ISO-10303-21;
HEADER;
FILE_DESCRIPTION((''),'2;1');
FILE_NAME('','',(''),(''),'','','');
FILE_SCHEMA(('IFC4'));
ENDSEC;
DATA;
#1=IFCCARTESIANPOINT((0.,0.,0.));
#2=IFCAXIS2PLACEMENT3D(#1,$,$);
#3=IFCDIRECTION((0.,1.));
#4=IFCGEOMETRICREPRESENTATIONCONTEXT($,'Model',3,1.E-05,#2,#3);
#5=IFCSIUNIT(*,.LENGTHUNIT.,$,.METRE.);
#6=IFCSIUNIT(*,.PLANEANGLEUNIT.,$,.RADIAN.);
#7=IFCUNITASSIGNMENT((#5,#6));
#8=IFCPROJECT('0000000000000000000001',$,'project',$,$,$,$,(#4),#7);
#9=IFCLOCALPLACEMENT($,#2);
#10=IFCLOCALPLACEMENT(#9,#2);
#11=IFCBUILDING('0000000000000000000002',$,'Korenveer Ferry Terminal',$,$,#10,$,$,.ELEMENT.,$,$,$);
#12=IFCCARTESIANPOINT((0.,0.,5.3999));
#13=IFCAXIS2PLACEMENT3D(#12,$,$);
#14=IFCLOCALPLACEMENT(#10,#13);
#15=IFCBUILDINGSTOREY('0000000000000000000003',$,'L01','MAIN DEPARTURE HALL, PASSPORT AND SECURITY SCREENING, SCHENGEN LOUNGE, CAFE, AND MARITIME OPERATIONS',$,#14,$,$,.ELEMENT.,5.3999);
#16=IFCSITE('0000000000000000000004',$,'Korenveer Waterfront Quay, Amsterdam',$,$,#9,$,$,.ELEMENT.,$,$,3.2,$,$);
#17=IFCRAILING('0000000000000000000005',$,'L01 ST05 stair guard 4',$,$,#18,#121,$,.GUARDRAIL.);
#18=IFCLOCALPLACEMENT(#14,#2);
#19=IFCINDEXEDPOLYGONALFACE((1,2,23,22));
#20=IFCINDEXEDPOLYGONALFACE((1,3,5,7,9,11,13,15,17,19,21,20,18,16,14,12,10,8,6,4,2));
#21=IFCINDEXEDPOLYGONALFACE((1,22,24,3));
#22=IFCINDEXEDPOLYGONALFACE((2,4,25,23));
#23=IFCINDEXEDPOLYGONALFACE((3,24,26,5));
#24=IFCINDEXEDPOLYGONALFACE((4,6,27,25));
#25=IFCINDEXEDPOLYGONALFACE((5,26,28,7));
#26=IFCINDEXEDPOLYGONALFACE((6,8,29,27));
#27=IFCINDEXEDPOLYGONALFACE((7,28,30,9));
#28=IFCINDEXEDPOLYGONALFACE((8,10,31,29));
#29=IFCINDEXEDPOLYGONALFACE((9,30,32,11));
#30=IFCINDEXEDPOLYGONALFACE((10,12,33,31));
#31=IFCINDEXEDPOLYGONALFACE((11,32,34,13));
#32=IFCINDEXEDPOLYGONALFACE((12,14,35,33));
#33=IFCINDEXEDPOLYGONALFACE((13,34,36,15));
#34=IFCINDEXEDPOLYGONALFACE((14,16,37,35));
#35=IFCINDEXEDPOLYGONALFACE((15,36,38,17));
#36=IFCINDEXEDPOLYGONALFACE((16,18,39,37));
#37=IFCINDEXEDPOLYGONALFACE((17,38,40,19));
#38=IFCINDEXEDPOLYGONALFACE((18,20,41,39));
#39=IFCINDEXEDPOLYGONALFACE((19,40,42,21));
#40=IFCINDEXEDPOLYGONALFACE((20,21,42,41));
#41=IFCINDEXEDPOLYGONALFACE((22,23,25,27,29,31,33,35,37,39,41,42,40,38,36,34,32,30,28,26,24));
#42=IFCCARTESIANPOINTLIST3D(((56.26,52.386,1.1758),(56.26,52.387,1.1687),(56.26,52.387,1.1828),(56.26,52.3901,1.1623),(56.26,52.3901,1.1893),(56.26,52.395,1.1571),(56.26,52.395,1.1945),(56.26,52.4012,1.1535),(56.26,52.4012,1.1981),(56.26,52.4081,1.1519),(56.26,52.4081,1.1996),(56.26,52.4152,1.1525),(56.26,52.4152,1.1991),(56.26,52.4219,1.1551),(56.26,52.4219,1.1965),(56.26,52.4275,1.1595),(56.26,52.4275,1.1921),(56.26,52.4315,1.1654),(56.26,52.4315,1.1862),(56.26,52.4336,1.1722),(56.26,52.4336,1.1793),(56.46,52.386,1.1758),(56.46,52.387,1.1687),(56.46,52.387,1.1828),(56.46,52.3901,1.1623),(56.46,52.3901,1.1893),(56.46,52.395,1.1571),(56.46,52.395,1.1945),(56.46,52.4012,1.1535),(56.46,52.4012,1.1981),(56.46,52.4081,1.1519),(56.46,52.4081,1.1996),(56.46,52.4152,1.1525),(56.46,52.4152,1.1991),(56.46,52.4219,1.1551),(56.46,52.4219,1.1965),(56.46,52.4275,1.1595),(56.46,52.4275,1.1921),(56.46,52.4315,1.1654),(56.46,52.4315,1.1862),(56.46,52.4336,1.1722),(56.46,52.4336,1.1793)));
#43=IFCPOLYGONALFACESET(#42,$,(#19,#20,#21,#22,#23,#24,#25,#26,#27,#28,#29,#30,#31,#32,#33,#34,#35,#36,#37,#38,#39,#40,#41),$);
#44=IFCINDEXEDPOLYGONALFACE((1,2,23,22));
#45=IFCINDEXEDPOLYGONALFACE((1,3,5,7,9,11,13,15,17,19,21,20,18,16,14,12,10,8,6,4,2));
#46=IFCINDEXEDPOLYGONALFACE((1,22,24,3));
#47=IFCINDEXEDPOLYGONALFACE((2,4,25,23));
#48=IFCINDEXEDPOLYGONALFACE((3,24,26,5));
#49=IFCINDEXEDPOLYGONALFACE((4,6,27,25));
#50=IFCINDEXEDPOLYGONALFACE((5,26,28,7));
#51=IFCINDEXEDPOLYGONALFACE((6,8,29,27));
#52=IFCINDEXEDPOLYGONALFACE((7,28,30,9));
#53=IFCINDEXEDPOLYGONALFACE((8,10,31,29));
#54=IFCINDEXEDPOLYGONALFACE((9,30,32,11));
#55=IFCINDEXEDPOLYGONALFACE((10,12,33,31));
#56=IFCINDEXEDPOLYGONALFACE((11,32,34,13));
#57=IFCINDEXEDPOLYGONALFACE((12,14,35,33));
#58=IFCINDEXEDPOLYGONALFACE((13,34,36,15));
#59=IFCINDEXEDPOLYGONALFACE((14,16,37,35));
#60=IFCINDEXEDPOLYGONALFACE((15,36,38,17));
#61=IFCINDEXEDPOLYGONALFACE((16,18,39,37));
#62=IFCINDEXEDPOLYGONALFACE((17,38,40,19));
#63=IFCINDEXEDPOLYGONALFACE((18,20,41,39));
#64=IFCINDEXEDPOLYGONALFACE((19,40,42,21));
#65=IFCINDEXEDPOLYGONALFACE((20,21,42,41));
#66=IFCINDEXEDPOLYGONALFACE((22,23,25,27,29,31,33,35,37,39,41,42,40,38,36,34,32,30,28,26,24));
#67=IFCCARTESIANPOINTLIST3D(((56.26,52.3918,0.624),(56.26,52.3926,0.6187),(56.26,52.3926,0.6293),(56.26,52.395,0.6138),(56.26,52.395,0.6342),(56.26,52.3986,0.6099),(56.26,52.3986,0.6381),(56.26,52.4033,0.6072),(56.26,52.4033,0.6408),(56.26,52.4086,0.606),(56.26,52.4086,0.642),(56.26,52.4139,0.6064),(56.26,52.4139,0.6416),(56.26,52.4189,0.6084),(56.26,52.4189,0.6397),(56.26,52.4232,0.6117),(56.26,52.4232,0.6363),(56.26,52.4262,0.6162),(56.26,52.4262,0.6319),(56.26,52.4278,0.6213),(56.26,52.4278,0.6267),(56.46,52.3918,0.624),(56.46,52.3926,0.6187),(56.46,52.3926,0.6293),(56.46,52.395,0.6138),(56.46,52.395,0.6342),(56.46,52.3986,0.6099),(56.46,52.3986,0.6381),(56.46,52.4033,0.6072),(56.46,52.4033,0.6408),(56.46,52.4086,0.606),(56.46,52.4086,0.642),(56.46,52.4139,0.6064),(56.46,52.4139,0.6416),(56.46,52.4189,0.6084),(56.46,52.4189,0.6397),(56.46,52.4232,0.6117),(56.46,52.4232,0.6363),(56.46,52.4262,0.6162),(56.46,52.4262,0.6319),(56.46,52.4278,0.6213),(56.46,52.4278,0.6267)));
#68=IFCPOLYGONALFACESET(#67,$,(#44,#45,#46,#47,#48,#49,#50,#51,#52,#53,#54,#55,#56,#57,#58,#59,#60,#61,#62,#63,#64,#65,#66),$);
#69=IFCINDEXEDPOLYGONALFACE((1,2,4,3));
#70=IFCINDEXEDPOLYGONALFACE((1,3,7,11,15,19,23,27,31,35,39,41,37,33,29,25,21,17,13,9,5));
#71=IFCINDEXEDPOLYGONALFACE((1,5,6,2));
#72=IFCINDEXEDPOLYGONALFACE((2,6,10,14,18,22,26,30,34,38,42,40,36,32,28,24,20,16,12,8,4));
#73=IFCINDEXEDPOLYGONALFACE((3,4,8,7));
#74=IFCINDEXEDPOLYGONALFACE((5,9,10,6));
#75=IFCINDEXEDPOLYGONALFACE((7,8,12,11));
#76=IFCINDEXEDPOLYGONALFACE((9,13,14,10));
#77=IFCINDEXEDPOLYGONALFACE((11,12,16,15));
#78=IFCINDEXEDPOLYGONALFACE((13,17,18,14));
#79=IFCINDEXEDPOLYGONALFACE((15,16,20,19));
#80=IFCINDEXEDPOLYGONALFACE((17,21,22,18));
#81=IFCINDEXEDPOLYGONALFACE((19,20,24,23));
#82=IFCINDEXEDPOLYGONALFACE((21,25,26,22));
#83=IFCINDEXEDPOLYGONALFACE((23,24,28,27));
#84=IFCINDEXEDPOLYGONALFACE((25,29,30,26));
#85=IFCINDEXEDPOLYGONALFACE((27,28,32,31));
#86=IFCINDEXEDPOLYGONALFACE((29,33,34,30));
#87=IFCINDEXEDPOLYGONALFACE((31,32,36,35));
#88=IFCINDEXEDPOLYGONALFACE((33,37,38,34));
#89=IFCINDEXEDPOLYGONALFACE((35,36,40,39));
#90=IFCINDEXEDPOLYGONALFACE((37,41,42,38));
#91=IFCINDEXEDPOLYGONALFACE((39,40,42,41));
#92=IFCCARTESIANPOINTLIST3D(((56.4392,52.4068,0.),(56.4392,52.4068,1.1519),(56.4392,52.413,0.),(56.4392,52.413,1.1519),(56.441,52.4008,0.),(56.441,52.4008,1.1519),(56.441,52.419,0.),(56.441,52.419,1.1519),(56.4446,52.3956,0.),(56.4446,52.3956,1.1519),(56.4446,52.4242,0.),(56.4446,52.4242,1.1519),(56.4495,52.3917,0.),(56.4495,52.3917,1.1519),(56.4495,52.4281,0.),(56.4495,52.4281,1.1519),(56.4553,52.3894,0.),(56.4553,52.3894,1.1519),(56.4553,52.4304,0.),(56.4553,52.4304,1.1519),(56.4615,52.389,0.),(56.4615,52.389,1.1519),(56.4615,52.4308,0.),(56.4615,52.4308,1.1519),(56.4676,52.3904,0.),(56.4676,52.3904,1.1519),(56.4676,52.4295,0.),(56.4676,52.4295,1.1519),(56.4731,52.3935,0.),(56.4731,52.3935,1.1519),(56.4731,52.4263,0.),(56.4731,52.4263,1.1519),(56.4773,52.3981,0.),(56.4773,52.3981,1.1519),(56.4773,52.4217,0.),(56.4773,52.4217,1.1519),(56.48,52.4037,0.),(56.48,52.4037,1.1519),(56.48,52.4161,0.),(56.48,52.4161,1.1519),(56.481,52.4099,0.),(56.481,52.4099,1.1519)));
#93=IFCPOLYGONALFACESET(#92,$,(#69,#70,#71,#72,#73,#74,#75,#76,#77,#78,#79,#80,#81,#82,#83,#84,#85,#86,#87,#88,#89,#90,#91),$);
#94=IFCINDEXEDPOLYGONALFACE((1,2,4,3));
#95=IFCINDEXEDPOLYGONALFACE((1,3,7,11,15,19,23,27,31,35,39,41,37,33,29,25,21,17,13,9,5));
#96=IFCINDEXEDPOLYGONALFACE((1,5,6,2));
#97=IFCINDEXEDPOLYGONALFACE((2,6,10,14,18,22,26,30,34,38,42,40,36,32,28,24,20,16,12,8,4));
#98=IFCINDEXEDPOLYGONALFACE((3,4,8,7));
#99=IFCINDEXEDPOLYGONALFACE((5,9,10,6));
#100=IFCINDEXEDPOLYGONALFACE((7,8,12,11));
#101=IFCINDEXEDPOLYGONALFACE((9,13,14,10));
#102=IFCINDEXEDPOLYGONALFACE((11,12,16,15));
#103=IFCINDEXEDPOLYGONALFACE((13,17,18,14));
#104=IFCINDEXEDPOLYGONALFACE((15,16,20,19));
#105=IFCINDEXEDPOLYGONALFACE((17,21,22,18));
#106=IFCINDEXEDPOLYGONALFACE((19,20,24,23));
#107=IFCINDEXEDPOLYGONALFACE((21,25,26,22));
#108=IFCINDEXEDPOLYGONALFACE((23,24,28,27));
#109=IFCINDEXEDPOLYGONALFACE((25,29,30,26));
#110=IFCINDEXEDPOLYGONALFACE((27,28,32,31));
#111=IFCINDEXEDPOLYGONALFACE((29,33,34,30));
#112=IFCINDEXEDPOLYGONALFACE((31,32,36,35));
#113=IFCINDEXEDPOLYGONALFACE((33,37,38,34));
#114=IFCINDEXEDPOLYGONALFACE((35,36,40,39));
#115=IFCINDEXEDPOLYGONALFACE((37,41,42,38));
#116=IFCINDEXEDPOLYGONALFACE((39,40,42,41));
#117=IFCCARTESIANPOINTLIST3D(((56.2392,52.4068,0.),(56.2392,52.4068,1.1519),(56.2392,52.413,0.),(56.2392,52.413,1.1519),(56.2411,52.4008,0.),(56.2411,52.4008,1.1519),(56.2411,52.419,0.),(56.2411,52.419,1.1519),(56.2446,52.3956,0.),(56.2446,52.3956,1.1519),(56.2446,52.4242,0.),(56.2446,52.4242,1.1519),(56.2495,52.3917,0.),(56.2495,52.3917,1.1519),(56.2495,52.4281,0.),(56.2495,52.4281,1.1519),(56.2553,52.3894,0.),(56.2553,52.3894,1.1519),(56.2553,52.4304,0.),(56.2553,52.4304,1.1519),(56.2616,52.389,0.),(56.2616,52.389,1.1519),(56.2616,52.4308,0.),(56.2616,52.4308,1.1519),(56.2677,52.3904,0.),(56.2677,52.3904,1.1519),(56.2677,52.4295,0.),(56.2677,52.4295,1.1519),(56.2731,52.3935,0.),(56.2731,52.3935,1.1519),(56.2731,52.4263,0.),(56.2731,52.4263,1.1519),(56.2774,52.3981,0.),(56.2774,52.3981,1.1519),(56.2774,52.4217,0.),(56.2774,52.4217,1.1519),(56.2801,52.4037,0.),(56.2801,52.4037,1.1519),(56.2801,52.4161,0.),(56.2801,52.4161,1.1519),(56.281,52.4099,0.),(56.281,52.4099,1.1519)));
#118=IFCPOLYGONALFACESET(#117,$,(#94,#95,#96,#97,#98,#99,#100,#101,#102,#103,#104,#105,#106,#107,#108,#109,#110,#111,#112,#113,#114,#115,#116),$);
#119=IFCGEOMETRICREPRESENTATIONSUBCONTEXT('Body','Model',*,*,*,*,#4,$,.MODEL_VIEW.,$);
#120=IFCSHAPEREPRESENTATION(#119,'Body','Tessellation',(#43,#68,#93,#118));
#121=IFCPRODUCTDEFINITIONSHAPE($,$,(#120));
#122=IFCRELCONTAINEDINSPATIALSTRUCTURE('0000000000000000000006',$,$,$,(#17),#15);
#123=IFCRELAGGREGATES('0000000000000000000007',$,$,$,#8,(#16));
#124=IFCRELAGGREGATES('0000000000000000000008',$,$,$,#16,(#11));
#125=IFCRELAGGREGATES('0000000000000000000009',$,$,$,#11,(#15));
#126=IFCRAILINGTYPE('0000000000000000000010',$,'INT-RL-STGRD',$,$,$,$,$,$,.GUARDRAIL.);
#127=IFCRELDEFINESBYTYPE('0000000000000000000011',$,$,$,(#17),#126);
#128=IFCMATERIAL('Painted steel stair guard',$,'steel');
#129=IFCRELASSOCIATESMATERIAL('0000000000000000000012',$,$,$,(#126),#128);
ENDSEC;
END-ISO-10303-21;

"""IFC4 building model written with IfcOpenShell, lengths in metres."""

from ifc_helpers import new_model, si_unit, direction, frame, origin, origin_2d, place, context, subcontext, project, spatial, circle, extrude, material, type_object, element, save


model = new_model("IFC4")

# Units and contexts
model_context = context("Model", 3, precision=1e-05, world=origin(), true_north=direction((0.0, 1.0)))
body_context = subcontext(model_context, "Body", "Model", "MODEL_VIEW")
ifc_project = project(units=[si_unit("LENGTHUNIT", "METRE"), si_unit("PLANEANGLEUNIT", "RADIAN")], contexts=[model_context])

# Site, building, storey
site_placement = place(None, origin())
site = spatial("IfcSite", under=ifc_project, at=site_placement, Name="Korenveer Waterfront Quay, Amsterdam", CompositionType="ELEMENT", RefElevation=3.2)
building_placement = place(site_placement, origin())
building = spatial("IfcBuilding", under=site, at=building_placement, Name="Korenveer Ferry Terminal", CompositionType="ELEMENT")
storey_placement = place(building_placement, frame((0.0, 0.0, 5.3999)))
storey = spatial("IfcBuildingStorey", under=building, at=storey_placement, Name="L01", Description="MAIN DEPARTURE HALL, PASSPORT AND SECURITY SCREENING, SCHENGEN LOUNGE, CAFE, AND MARITIME OPERATIONS", CompositionType="ELEMENT", Elevation=5.3999)

# Railing
ifc_material_1 = material(Name="Painted steel stair guard", Category="steel")
railing_type_1 = type_object("IfcRailingType", Name="INT-RL-STGRD", PredefinedType="GUARDRAIL", material=ifc_material_1)
railing_1_placement = place(storey_placement, frame((56.46, 52.4099, 0.0)))
element("IfcRailing", 1, at=railing_1_placement, inside=storey, type_object=railing_type_1, Name="L01 ST05 stair guard 4", PredefinedType="GUARDRAIL", context=body_context, shape_type="SweptSolid", body=[
    extrude(circle(Radius=0.0239, at=origin_2d()), frame((0.0, 0.0, 1.1758), z_axis=(-1.0, 0.0, 0.0), x_axis=(0.0, -1.0, 0.0)), (0.0, 0.0, 1.0), 0.2),
    extrude(circle(Radius=0.0181, at=origin_2d()), frame((0.0, 0.0, 0.624), z_axis=(-1.0, 0.0, 0.0), x_axis=(0.0, -1.0, 0.0)), (0.0, 0.0, 1.0), 0.2),
    extrude(circle(Radius=0.021, at=origin_2d()), origin(), (0.0, 0.0, 1.0), 1.1519),
    extrude(circle(Radius=0.021, at=origin_2d()), frame((-0.2, 0.0, 0.0)), (0.0, 0.0, 1.0), 1.1519),
])

save(model, "model.ifc")
